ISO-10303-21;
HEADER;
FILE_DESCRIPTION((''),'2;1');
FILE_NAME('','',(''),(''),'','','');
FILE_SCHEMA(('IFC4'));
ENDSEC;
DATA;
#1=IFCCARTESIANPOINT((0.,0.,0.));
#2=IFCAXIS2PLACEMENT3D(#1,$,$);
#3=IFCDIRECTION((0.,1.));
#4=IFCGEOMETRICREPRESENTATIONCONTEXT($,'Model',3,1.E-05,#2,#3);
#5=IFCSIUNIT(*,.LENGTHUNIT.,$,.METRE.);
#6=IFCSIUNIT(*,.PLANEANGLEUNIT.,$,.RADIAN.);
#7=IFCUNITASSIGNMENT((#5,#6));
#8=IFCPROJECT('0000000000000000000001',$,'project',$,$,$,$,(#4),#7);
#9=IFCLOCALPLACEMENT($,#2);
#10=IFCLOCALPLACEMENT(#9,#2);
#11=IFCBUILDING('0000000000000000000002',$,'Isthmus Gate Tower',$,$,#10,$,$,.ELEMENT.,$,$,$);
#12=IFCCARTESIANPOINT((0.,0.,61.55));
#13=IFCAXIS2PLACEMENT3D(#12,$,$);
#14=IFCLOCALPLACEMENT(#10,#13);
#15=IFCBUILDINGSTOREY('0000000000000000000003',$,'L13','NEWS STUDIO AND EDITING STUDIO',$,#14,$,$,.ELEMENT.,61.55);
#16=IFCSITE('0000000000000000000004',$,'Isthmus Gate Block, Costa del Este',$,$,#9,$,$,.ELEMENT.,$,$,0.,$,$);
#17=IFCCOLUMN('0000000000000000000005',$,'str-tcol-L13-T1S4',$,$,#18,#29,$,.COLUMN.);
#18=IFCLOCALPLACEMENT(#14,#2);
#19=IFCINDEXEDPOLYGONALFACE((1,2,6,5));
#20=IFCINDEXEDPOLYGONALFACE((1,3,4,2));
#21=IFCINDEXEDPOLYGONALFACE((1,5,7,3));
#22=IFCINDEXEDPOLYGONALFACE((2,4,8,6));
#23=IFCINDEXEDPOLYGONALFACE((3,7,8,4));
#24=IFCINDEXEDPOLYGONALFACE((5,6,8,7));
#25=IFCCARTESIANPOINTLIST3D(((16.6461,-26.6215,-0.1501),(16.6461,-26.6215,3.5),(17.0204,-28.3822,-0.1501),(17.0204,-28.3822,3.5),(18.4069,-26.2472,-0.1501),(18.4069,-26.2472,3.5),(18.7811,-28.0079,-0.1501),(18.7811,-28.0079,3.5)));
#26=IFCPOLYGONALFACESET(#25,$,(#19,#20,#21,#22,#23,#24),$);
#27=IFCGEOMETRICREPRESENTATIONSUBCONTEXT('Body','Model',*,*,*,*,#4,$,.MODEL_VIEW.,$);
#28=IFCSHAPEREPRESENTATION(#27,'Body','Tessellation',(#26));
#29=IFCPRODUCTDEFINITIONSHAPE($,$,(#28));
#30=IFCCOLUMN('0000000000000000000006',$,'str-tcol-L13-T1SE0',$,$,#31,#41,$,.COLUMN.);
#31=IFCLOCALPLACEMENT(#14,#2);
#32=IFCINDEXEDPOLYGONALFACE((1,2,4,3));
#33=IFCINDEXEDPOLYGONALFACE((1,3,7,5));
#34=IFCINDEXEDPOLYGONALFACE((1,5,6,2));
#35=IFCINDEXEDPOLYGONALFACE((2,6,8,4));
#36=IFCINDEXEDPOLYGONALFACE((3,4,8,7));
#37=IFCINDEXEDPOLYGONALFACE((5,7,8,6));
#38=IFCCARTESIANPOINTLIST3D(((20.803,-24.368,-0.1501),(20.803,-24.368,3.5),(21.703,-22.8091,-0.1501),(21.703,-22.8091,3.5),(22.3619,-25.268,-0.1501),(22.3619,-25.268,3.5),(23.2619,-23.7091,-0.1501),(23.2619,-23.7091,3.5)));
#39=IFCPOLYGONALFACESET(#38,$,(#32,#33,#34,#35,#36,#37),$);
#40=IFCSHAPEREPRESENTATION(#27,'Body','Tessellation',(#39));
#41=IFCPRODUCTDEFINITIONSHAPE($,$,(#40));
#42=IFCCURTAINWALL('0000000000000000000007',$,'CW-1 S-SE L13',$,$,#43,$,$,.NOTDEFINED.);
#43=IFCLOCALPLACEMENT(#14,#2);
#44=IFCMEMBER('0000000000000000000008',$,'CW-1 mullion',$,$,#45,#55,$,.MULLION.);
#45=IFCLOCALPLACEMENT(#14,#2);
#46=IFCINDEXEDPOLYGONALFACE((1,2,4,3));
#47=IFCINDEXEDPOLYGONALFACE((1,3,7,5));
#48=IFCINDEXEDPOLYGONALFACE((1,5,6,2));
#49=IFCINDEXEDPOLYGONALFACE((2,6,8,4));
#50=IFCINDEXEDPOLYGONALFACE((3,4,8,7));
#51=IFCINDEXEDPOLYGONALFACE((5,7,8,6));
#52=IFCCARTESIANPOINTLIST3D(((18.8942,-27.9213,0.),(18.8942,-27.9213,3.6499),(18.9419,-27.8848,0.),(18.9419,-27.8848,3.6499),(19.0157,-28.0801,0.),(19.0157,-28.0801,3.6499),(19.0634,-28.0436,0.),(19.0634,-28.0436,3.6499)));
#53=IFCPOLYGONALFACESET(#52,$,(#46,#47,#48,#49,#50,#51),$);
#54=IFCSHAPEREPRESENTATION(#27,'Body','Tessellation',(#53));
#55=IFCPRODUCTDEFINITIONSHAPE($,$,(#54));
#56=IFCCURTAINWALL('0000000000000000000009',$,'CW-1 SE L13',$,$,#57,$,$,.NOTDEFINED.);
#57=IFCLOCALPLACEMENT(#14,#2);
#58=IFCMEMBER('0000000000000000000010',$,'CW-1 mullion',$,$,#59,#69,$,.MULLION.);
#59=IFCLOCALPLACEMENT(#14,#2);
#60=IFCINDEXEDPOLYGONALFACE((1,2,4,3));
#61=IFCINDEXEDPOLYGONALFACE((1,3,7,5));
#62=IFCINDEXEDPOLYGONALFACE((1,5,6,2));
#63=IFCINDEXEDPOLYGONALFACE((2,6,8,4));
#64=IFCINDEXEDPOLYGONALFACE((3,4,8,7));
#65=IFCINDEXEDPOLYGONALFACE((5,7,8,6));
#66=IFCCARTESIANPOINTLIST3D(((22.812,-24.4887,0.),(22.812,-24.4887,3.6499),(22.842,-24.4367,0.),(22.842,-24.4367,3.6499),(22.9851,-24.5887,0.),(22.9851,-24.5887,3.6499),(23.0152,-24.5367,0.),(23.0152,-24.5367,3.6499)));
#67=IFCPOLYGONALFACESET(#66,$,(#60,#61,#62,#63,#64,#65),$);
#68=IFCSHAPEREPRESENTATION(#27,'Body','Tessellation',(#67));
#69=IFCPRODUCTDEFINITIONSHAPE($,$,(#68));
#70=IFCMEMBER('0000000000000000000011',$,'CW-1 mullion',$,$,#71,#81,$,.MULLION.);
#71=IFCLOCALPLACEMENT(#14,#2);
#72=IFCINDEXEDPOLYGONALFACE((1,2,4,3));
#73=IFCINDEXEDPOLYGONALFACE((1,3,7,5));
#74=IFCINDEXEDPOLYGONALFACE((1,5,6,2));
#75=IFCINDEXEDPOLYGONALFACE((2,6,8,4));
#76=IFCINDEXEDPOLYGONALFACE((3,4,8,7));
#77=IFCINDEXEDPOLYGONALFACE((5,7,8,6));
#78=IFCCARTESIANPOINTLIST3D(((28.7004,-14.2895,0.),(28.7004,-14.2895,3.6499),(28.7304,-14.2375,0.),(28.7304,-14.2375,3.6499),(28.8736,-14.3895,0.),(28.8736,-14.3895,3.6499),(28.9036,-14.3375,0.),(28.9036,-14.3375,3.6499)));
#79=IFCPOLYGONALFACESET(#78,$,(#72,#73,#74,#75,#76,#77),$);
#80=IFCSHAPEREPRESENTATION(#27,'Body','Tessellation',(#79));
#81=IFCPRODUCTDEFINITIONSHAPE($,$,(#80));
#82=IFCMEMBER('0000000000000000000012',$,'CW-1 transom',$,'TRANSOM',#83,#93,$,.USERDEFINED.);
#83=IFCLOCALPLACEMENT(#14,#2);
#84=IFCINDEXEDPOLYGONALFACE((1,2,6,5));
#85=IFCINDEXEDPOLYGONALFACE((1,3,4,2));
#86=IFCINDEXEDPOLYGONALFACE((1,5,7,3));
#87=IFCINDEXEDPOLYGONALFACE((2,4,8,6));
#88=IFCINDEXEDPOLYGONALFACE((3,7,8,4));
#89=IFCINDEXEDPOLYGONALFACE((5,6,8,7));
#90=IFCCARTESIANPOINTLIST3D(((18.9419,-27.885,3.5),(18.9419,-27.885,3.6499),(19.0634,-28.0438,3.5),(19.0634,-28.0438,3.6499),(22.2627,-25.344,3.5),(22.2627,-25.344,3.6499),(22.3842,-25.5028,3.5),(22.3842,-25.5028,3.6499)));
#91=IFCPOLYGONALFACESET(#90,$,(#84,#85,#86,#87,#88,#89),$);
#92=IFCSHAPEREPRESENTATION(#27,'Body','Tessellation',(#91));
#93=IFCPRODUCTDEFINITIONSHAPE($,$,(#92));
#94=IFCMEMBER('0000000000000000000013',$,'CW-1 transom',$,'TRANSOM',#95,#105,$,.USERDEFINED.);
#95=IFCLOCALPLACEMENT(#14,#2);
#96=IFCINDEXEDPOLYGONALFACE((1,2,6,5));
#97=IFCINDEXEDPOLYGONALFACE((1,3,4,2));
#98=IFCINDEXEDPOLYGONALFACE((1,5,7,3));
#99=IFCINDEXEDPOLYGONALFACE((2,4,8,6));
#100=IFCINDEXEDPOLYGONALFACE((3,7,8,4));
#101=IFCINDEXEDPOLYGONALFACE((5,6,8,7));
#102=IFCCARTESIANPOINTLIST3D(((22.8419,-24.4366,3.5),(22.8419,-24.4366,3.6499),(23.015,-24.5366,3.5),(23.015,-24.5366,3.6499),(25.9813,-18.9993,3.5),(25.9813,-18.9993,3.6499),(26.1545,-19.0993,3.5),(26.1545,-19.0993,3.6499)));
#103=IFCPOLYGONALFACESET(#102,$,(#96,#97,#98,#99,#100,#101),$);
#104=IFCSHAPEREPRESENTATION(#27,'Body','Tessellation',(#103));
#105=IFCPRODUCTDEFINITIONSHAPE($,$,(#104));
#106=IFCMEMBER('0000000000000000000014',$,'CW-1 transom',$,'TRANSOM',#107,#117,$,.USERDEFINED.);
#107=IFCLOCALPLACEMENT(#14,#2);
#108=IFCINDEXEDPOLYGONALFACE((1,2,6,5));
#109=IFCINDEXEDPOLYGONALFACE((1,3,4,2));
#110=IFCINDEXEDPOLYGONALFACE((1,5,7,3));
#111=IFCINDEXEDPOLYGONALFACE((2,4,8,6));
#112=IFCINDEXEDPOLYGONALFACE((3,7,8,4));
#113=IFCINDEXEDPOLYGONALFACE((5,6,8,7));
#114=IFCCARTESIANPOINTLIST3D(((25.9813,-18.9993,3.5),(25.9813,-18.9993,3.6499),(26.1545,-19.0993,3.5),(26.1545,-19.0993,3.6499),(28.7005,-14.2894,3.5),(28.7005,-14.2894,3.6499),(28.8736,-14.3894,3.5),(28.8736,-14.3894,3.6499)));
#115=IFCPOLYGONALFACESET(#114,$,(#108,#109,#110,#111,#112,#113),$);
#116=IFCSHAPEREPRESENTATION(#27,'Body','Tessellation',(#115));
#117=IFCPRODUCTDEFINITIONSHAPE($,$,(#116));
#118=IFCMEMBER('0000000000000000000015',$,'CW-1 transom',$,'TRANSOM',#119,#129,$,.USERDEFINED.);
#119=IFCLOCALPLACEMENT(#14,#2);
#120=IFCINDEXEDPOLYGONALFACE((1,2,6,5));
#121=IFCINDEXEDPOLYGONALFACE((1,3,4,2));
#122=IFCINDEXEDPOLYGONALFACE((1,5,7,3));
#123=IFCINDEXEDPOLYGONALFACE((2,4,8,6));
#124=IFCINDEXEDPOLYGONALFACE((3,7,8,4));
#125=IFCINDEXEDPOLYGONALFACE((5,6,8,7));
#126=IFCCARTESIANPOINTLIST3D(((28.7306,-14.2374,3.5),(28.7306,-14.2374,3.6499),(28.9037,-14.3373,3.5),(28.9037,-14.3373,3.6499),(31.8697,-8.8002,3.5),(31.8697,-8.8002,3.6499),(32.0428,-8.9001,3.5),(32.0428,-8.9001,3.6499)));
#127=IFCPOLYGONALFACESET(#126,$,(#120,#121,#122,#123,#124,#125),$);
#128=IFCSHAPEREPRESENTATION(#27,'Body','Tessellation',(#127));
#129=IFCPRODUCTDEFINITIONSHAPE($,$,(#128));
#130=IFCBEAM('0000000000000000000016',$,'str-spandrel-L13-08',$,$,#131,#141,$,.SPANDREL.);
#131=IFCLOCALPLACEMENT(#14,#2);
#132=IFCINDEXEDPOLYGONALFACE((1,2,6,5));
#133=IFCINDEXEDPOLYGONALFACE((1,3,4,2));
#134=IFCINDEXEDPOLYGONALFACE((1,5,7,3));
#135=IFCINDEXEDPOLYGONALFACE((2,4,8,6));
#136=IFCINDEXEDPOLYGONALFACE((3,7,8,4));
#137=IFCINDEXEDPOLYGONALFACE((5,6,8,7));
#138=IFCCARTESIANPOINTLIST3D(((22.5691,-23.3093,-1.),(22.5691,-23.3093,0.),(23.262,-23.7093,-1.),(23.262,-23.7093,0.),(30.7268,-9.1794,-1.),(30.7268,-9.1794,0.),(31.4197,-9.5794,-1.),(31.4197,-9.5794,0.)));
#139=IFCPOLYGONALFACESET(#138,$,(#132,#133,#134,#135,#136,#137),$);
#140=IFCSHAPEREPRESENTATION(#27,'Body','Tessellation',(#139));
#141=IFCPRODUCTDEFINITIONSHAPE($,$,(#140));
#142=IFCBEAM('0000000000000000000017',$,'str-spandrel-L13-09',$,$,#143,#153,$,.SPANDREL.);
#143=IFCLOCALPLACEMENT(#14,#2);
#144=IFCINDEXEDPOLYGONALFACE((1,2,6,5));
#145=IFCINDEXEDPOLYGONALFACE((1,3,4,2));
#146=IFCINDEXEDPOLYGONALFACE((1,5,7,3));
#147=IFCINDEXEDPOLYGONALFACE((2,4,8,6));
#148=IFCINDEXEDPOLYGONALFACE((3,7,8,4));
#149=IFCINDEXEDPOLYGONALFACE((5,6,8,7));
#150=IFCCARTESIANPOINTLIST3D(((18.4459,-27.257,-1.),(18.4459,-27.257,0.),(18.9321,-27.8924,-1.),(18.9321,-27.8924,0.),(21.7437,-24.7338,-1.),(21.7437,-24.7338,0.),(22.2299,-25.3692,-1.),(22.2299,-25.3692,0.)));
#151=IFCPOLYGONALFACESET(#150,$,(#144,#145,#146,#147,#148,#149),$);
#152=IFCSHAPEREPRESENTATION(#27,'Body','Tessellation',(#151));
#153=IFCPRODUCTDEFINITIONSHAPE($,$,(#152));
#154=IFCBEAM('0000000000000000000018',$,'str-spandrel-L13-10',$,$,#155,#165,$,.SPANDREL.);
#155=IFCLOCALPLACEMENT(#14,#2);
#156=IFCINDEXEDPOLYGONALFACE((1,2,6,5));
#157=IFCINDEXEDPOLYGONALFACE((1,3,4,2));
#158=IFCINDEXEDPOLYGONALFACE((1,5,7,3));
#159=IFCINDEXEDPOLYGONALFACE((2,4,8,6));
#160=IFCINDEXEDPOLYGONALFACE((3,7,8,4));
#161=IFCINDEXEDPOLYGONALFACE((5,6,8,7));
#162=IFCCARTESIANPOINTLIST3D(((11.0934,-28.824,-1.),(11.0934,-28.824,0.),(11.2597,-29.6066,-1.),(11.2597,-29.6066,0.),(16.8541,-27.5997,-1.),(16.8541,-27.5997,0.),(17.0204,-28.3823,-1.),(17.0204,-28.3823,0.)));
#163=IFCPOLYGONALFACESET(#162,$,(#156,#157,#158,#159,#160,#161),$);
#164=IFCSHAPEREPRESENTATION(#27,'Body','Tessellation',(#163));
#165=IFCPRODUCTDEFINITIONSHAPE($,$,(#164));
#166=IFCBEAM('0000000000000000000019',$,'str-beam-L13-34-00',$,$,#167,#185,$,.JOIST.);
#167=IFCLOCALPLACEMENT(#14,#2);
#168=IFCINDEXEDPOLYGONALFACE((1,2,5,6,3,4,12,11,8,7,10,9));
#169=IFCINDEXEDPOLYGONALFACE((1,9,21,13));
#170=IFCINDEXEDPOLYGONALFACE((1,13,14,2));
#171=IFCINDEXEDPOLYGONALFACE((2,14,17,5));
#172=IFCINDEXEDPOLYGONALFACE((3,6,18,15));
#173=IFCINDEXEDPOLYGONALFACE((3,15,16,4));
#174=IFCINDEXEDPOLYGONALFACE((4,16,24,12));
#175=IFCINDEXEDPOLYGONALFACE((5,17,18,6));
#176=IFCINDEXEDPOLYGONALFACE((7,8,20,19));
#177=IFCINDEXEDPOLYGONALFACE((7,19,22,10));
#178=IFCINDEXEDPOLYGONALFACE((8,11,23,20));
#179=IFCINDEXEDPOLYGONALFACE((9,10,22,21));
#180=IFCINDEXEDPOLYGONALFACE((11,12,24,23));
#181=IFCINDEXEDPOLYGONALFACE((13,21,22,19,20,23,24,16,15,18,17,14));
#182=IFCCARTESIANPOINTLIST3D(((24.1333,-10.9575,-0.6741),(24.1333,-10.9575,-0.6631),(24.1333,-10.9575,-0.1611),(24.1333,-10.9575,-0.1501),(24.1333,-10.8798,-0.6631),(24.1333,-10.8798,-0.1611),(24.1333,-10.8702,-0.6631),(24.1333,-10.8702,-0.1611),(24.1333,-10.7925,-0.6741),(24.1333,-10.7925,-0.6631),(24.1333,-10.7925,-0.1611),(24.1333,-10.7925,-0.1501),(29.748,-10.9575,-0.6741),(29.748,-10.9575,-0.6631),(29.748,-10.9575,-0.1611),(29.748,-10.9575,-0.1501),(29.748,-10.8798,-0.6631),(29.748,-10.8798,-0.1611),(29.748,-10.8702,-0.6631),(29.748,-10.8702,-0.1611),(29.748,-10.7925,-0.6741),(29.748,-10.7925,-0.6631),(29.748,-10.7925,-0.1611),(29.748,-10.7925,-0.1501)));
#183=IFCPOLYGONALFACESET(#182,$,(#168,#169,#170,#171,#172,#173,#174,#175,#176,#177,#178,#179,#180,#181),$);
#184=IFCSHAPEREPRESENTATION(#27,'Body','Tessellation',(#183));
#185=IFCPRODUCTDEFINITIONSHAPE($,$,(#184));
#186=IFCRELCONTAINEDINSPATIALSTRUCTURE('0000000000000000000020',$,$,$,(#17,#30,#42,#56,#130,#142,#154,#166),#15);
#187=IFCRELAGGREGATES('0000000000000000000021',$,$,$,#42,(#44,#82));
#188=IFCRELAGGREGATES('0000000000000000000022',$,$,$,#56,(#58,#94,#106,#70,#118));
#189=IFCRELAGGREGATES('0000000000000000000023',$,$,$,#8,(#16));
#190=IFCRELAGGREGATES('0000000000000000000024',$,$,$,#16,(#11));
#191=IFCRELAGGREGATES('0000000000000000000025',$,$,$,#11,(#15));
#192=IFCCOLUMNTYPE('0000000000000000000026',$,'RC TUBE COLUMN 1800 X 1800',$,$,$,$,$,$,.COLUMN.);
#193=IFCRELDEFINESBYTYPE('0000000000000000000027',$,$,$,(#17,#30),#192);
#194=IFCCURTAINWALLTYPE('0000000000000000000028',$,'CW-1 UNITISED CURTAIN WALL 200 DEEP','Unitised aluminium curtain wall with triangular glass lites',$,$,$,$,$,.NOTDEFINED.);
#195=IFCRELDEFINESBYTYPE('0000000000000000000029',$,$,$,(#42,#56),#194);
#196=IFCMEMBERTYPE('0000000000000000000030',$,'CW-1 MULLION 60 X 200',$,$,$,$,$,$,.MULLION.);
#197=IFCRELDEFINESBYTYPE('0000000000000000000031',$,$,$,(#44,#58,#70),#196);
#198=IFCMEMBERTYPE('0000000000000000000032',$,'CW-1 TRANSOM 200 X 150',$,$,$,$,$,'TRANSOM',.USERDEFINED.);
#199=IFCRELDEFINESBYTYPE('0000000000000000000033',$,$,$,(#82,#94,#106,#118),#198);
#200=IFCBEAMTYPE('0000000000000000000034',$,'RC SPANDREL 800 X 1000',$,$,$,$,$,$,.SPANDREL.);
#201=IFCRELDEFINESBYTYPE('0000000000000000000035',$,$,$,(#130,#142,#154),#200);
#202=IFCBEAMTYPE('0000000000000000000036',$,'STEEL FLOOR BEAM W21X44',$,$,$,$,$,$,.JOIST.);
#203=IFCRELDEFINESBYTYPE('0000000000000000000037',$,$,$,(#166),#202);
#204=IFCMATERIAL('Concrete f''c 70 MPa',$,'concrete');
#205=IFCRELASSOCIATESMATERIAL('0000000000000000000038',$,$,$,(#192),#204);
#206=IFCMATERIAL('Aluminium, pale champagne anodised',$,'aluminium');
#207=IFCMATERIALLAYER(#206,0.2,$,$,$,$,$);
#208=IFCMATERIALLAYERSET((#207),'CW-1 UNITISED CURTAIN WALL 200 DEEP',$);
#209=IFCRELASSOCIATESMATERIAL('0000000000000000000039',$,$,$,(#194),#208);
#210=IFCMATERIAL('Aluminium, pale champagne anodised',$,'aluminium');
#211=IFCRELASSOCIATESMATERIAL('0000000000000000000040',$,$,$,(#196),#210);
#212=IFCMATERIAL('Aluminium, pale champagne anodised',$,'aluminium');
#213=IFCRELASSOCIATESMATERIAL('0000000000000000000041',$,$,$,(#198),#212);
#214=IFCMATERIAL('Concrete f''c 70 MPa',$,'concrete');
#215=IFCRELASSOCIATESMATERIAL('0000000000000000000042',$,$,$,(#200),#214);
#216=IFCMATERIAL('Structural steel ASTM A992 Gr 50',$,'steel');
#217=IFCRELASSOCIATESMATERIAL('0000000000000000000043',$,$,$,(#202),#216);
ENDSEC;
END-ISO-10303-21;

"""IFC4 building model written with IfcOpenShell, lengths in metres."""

from ifc_helpers import new_model, si_unit, direction, frame, origin, origin_2d, place, context, subcontext, project, spatial, rectangle, i_section, extrude, material, layer, layer_set, material_profile, profile_set, type_object, element, aggregate, save


model = new_model("IFC4")

# Units and contexts
model_context = context("Model", 3, precision=1e-05, world=origin(), true_north=direction((0.0, 1.0)))
body_context = subcontext(model_context, "Body", "Model", "MODEL_VIEW")
ifc_project = project(units=[si_unit("LENGTHUNIT", "METRE"), si_unit("PLANEANGLEUNIT", "RADIAN")], contexts=[model_context])

# Site, building, storey
site_placement = place(None, origin())
site = spatial("IfcSite", under=ifc_project, at=site_placement, Name="Isthmus Gate Block, Costa del Este", CompositionType="ELEMENT", RefElevation=0.0)
building_placement = place(site_placement, origin())
building = spatial("IfcBuilding", under=site, at=building_placement, Name="Isthmus Gate Tower", CompositionType="ELEMENT")
storey_placement = place(building_placement, frame((0.0, 0.0, 61.55)))
storey = spatial("IfcBuildingStorey", under=building, at=storey_placement, Name="L13", Description="NEWS STUDIO AND EDITING STUDIO", CompositionType="ELEMENT", Elevation=61.55)

# Columns
ifc_material_1 = material(Name="Concrete f'c 70 MPa", Category="concrete")
ifc_material_profile_1 = material_profile(ifc_material_1, rectangle(XDim=1.8, YDim=1.8, at=origin_2d()), Name="RC 1800X1800")
ifc_profile_set_1 = profile_set([ifc_material_profile_1], Name="Concrete f'c 70 MPa")
column_type = type_object("IfcColumnType", Name="RC TUBE COLUMN 1800 X 1800", PredefinedType="COLUMN", material=ifc_profile_set_1)
for number, where, z_axis, x_axis, name in (
    (1, (17.7136, -27.3147, -0.1501), (0.0, 0.0, 1.0), (0.978148, 0.207912, 0.0), "str-tcol-L13-T1S4"),
    (2, (22.0325, -24.0386, -0.1501), (0.0, 0.0, 1.0), (0.5, 0.866025, 0.0), "str-tcol-L13-T1SE0"),
):
    element("IfcColumn", number, at=place(storey_placement, frame(where, z_axis=z_axis, x_axis=x_axis)), inside=storey, type_object=column_type, Name=name, PredefinedType="COLUMN", context=body_context, shape_type="SweptSolid", body=[
        extrude(rectangle(XDim=1.8, YDim=1.8, at=origin_2d()), origin(), (0.0, 0.0, 1.0), 3.6501),
    ])

# Curtain wall, member
ifc_material_2 = material(Name="Aluminium, pale champagne anodised", Category="aluminium")
ifc_layer_1 = layer(ifc_material_2, 0.2)
ifc_layer_set_1 = layer_set([ifc_layer_1], Name="CW-1 UNITISED CURTAIN WALL 200 DEEP")
curtain_wall_type = type_object("IfcCurtainWallType", Name="CW-1 UNITISED CURTAIN WALL 200 DEEP", Description="Unitised aluminium curtain wall with triangular glass lites", PredefinedType="NOTDEFINED", material=ifc_layer_set_1)
curtain_wall_1_placement = place(storey_placement, origin())
curtain_wall_1 = element("IfcCurtainWall", 3, at=curtain_wall_1_placement, inside=storey, type_object=curtain_wall_type, Name="CW-1 S-SE L13", PredefinedType="NOTDEFINED")
ifc_material_3 = material(Name="Aluminium, pale champagne anodised", Category="aluminium")
ifc_material_profile_2 = material_profile(ifc_material_3, rectangle(XDim=0.0601, YDim=0.2, at=origin_2d()), Name="60x200")
ifc_profile_set_2 = profile_set([ifc_material_profile_2], Name="Aluminium, pale champagne anodised")
member_type_1 = type_object("IfcMemberType", Name="CW-1 MULLION 60 X 200", PredefinedType="MULLION", material=ifc_profile_set_2)
member_1_placement = place(storey_placement, frame((18.9788, -27.9824, 0.0), z_axis=(0.0, 0.0, 1.0), x_axis=(0.794189, 0.607671, 0.0)))
member_1 = element("IfcMember", 4, at=member_1_placement, type_object=member_type_1, Name="CW-1 mullion", PredefinedType="MULLION", context=body_context, shape_type="SweptSolid", body=[
    extrude(rectangle(XDim=0.0601, YDim=0.2, at=origin_2d()), origin(), (0.0, 0.0, 1.0), 3.6499),
])

# Curtain wall, members
curtain_wall_2_placement = place(storey_placement, origin())
curtain_wall_2 = element("IfcCurtainWall", 5, at=curtain_wall_2_placement, inside=storey, type_object=curtain_wall_type, Name="CW-1 SE L13", PredefinedType="NOTDEFINED")
member_2_placement = place(storey_placement, frame((22.9136, -24.5127, 0.0), z_axis=(0.0, 0.0, 1.0), x_axis=(0.5, 0.866025, 0.0)))
member_2 = element("IfcMember", 6, at=member_2_placement, type_object=member_type_1, Name="CW-1 mullion", PredefinedType="MULLION", context=body_context, shape_type="SweptSolid", body=[
    extrude(rectangle(XDim=0.0601, YDim=0.2, at=origin_2d()), origin(), (0.0, 0.0, 1.0), 3.6499),
])
member_3_placement = place(storey_placement, frame((28.802, -14.3135, 0.0), z_axis=(0.0, 0.0, 1.0), x_axis=(0.5, 0.866025, 0.0)))
member_3 = element("IfcMember", 7, at=member_3_placement, type_object=member_type_1, Name="CW-1 mullion", PredefinedType="MULLION", context=body_context, shape_type="SweptSolid", body=[
    extrude(rectangle(XDim=0.0601, YDim=0.2, at=origin_2d()), origin(), (0.0, 0.0, 1.0), 3.6499),
])

# Members
ifc_material_4 = material(Name="Aluminium, pale champagne anodised", Category="aluminium")
ifc_material_profile_3 = material_profile(ifc_material_4, rectangle(XDim=0.2, YDim=0.1499, at=origin_2d()), Name="200x150")
ifc_profile_set_3 = profile_set([ifc_material_profile_3], Name="Aluminium, pale champagne anodised")
member_type_2 = type_object("IfcMemberType", Name="CW-1 TRANSOM 200 X 150", ElementType="TRANSOM", PredefinedType="USERDEFINED", material=ifc_profile_set_3)
member_4_placement = place(storey_placement, frame((19.0027, -27.9644, 3.575), z_axis=(0.794175, 0.607688, 0.0), x_axis=(-0.607688, 0.794175, 0.0)))
member_4 = element("IfcMember", 8, at=member_4_placement, type_object=member_type_2, Name="CW-1 transom", ObjectType="TRANSOM", PredefinedType="USERDEFINED", context=body_context, shape_type="SweptSolid", body=[
    extrude(rectangle(XDim=0.2, YDim=0.1499, at=origin_2d()), origin(), (0.0, 0.0, 1.0), 4.1814),
])
member_5_placement = place(storey_placement, frame((22.9285, -24.4866, 3.575), z_axis=(0.500024, 0.866011, 0.0), x_axis=(-0.866011, 0.500024, 0.0)))
member_5 = element("IfcMember", 9, at=member_5_placement, type_object=member_type_2, Name="CW-1 transom", ObjectType="TRANSOM", PredefinedType="USERDEFINED", context=body_context, shape_type="SweptSolid", body=[
    extrude(rectangle(XDim=0.2, YDim=0.1499, at=origin_2d()), origin(), (0.0, 0.0, 1.0), 6.2786),
])
member_6_placement = place(storey_placement, frame((26.0679, -19.0493, 3.575), z_axis=(0.499992, 0.86603, 0.0), x_axis=(-0.86603, 0.499992, 0.0)))
member_6 = element("IfcMember", 10, at=member_6_placement, type_object=member_type_2, Name="CW-1 transom", ObjectType="TRANSOM", PredefinedType="USERDEFINED", context=body_context, shape_type="SweptSolid", body=[
    extrude(rectangle(XDim=0.2, YDim=0.1499, at=origin_2d()), origin(), (0.0, 0.0, 1.0), 5.4385),
])
member_7_placement = place(storey_placement, frame((28.8171, -14.2874, 3.575), z_axis=(0.499995, 0.866028, 0.0), x_axis=(-0.866028, 0.499995, 0.0)))
member_7 = element("IfcMember", 11, at=member_7_placement, type_object=member_type_2, Name="CW-1 transom", ObjectType="TRANSOM", PredefinedType="USERDEFINED", context=body_context, shape_type="SweptSolid", body=[
    extrude(rectangle(XDim=0.2, YDim=0.1499, at=origin_2d()), origin(), (0.0, 0.0, 1.0), 6.2783),
])

# Beams
ifc_material_5 = material(Name="Concrete f'c 70 MPa", Category="concrete")
ifc_material_profile_4 = material_profile(ifc_material_5, rectangle(XDim=0.8, YDim=1.0, at=origin_2d()), Name="RC 800X1000")
ifc_profile_set_4 = profile_set([ifc_material_profile_4], Name="Concrete f'c 70 MPa")
beam_type_1 = type_object("IfcBeamType", Name="RC SPANDREL 800 X 1000", PredefinedType="SPANDREL", material=ifc_profile_set_4)
beam_1_placement = place(storey_placement, frame((31.0732, -9.3794, -0.5), z_axis=(-0.499992, -0.86603, 0.0), x_axis=(0.86603, -0.499992, 0.0)))
element("IfcBeam", 12, at=beam_1_placement, inside=storey, type_object=beam_type_1, Name="str-spandrel-L13-08", PredefinedType="SPANDREL", context=body_context, shape_type="SweptSolid", body=[
    extrude(rectangle(XDim=0.8, YDim=1.0, at=origin_2d()), origin(), (0.0, 0.0, 1.0), 16.3157),
])
beam_2_placement = place(storey_placement, frame((21.9868, -25.0515, -0.5), z_axis=(-0.794206, -0.607649, 0.0), x_axis=(0.607649, -0.794206, 0.0)))
element("IfcBeam", 13, at=beam_2_placement, inside=storey, type_object=beam_type_1, Name="str-spandrel-L13-09", PredefinedType="SPANDREL", context=body_context, shape_type="SweptSolid", body=[
    extrude(rectangle(XDim=0.8, YDim=1.0, at=origin_2d()), origin(), (0.0, 0.0, 1.0), 4.1523),
])
beam_3_placement = place(storey_placement, frame((16.9373, -27.991, -0.5), z_axis=(-0.978152, -0.207892, 0.0), x_axis=(0.207892, -0.978152, 0.0)))
element("IfcBeam", 14, at=beam_3_placement, inside=storey, type_object=beam_type_1, Name="str-spandrel-L13-10", PredefinedType="SPANDREL", context=body_context, shape_type="SweptSolid", body=[
    extrude(rectangle(XDim=0.8, YDim=1.0, at=origin_2d()), origin(), (0.0, 0.0, 1.0), 5.8894),
])
ifc_material_6 = material(Name="Structural steel ASTM A992 Gr 50", Category="steel")
ifc_material_profile_5 = material_profile(ifc_material_6, i_section(OverallWidth=0.165, OverallDepth=0.5239, WebThickness=0.0095, FlangeThickness=0.011, at=origin_2d()), Name="W21X44")
ifc_profile_set_5 = profile_set([ifc_material_profile_5], Name="Structural steel ASTM A992 Gr 50")
beam_type_2 = type_object("IfcBeamType", Name="STEEL FLOOR BEAM W21X44", PredefinedType="JOIST", material=ifc_profile_set_5)
beam_4_placement = place(storey_placement, frame((24.1333, -10.875, -0.4121), z_axis=(1.0, 0.0, 0.0), x_axis=(0.0, 1.0, 0.0)))
element("IfcBeam", 15, at=beam_4_placement, inside=storey, type_object=beam_type_2, Name="str-beam-L13-34-00", PredefinedType="JOIST", context=body_context, shape_type="SweptSolid", body=[
    extrude(i_section(OverallWidth=0.165, OverallDepth=0.5239, WebThickness=0.0095, FlangeThickness=0.011, at=origin_2d()), origin(), (0.0, 0.0, 1.0), 5.6147),
])

aggregate(curtain_wall_1, [member_1, member_4])
aggregate(curtain_wall_2, [member_2, member_5, member_6, member_3, member_7])

save(model, "model.ifc")
